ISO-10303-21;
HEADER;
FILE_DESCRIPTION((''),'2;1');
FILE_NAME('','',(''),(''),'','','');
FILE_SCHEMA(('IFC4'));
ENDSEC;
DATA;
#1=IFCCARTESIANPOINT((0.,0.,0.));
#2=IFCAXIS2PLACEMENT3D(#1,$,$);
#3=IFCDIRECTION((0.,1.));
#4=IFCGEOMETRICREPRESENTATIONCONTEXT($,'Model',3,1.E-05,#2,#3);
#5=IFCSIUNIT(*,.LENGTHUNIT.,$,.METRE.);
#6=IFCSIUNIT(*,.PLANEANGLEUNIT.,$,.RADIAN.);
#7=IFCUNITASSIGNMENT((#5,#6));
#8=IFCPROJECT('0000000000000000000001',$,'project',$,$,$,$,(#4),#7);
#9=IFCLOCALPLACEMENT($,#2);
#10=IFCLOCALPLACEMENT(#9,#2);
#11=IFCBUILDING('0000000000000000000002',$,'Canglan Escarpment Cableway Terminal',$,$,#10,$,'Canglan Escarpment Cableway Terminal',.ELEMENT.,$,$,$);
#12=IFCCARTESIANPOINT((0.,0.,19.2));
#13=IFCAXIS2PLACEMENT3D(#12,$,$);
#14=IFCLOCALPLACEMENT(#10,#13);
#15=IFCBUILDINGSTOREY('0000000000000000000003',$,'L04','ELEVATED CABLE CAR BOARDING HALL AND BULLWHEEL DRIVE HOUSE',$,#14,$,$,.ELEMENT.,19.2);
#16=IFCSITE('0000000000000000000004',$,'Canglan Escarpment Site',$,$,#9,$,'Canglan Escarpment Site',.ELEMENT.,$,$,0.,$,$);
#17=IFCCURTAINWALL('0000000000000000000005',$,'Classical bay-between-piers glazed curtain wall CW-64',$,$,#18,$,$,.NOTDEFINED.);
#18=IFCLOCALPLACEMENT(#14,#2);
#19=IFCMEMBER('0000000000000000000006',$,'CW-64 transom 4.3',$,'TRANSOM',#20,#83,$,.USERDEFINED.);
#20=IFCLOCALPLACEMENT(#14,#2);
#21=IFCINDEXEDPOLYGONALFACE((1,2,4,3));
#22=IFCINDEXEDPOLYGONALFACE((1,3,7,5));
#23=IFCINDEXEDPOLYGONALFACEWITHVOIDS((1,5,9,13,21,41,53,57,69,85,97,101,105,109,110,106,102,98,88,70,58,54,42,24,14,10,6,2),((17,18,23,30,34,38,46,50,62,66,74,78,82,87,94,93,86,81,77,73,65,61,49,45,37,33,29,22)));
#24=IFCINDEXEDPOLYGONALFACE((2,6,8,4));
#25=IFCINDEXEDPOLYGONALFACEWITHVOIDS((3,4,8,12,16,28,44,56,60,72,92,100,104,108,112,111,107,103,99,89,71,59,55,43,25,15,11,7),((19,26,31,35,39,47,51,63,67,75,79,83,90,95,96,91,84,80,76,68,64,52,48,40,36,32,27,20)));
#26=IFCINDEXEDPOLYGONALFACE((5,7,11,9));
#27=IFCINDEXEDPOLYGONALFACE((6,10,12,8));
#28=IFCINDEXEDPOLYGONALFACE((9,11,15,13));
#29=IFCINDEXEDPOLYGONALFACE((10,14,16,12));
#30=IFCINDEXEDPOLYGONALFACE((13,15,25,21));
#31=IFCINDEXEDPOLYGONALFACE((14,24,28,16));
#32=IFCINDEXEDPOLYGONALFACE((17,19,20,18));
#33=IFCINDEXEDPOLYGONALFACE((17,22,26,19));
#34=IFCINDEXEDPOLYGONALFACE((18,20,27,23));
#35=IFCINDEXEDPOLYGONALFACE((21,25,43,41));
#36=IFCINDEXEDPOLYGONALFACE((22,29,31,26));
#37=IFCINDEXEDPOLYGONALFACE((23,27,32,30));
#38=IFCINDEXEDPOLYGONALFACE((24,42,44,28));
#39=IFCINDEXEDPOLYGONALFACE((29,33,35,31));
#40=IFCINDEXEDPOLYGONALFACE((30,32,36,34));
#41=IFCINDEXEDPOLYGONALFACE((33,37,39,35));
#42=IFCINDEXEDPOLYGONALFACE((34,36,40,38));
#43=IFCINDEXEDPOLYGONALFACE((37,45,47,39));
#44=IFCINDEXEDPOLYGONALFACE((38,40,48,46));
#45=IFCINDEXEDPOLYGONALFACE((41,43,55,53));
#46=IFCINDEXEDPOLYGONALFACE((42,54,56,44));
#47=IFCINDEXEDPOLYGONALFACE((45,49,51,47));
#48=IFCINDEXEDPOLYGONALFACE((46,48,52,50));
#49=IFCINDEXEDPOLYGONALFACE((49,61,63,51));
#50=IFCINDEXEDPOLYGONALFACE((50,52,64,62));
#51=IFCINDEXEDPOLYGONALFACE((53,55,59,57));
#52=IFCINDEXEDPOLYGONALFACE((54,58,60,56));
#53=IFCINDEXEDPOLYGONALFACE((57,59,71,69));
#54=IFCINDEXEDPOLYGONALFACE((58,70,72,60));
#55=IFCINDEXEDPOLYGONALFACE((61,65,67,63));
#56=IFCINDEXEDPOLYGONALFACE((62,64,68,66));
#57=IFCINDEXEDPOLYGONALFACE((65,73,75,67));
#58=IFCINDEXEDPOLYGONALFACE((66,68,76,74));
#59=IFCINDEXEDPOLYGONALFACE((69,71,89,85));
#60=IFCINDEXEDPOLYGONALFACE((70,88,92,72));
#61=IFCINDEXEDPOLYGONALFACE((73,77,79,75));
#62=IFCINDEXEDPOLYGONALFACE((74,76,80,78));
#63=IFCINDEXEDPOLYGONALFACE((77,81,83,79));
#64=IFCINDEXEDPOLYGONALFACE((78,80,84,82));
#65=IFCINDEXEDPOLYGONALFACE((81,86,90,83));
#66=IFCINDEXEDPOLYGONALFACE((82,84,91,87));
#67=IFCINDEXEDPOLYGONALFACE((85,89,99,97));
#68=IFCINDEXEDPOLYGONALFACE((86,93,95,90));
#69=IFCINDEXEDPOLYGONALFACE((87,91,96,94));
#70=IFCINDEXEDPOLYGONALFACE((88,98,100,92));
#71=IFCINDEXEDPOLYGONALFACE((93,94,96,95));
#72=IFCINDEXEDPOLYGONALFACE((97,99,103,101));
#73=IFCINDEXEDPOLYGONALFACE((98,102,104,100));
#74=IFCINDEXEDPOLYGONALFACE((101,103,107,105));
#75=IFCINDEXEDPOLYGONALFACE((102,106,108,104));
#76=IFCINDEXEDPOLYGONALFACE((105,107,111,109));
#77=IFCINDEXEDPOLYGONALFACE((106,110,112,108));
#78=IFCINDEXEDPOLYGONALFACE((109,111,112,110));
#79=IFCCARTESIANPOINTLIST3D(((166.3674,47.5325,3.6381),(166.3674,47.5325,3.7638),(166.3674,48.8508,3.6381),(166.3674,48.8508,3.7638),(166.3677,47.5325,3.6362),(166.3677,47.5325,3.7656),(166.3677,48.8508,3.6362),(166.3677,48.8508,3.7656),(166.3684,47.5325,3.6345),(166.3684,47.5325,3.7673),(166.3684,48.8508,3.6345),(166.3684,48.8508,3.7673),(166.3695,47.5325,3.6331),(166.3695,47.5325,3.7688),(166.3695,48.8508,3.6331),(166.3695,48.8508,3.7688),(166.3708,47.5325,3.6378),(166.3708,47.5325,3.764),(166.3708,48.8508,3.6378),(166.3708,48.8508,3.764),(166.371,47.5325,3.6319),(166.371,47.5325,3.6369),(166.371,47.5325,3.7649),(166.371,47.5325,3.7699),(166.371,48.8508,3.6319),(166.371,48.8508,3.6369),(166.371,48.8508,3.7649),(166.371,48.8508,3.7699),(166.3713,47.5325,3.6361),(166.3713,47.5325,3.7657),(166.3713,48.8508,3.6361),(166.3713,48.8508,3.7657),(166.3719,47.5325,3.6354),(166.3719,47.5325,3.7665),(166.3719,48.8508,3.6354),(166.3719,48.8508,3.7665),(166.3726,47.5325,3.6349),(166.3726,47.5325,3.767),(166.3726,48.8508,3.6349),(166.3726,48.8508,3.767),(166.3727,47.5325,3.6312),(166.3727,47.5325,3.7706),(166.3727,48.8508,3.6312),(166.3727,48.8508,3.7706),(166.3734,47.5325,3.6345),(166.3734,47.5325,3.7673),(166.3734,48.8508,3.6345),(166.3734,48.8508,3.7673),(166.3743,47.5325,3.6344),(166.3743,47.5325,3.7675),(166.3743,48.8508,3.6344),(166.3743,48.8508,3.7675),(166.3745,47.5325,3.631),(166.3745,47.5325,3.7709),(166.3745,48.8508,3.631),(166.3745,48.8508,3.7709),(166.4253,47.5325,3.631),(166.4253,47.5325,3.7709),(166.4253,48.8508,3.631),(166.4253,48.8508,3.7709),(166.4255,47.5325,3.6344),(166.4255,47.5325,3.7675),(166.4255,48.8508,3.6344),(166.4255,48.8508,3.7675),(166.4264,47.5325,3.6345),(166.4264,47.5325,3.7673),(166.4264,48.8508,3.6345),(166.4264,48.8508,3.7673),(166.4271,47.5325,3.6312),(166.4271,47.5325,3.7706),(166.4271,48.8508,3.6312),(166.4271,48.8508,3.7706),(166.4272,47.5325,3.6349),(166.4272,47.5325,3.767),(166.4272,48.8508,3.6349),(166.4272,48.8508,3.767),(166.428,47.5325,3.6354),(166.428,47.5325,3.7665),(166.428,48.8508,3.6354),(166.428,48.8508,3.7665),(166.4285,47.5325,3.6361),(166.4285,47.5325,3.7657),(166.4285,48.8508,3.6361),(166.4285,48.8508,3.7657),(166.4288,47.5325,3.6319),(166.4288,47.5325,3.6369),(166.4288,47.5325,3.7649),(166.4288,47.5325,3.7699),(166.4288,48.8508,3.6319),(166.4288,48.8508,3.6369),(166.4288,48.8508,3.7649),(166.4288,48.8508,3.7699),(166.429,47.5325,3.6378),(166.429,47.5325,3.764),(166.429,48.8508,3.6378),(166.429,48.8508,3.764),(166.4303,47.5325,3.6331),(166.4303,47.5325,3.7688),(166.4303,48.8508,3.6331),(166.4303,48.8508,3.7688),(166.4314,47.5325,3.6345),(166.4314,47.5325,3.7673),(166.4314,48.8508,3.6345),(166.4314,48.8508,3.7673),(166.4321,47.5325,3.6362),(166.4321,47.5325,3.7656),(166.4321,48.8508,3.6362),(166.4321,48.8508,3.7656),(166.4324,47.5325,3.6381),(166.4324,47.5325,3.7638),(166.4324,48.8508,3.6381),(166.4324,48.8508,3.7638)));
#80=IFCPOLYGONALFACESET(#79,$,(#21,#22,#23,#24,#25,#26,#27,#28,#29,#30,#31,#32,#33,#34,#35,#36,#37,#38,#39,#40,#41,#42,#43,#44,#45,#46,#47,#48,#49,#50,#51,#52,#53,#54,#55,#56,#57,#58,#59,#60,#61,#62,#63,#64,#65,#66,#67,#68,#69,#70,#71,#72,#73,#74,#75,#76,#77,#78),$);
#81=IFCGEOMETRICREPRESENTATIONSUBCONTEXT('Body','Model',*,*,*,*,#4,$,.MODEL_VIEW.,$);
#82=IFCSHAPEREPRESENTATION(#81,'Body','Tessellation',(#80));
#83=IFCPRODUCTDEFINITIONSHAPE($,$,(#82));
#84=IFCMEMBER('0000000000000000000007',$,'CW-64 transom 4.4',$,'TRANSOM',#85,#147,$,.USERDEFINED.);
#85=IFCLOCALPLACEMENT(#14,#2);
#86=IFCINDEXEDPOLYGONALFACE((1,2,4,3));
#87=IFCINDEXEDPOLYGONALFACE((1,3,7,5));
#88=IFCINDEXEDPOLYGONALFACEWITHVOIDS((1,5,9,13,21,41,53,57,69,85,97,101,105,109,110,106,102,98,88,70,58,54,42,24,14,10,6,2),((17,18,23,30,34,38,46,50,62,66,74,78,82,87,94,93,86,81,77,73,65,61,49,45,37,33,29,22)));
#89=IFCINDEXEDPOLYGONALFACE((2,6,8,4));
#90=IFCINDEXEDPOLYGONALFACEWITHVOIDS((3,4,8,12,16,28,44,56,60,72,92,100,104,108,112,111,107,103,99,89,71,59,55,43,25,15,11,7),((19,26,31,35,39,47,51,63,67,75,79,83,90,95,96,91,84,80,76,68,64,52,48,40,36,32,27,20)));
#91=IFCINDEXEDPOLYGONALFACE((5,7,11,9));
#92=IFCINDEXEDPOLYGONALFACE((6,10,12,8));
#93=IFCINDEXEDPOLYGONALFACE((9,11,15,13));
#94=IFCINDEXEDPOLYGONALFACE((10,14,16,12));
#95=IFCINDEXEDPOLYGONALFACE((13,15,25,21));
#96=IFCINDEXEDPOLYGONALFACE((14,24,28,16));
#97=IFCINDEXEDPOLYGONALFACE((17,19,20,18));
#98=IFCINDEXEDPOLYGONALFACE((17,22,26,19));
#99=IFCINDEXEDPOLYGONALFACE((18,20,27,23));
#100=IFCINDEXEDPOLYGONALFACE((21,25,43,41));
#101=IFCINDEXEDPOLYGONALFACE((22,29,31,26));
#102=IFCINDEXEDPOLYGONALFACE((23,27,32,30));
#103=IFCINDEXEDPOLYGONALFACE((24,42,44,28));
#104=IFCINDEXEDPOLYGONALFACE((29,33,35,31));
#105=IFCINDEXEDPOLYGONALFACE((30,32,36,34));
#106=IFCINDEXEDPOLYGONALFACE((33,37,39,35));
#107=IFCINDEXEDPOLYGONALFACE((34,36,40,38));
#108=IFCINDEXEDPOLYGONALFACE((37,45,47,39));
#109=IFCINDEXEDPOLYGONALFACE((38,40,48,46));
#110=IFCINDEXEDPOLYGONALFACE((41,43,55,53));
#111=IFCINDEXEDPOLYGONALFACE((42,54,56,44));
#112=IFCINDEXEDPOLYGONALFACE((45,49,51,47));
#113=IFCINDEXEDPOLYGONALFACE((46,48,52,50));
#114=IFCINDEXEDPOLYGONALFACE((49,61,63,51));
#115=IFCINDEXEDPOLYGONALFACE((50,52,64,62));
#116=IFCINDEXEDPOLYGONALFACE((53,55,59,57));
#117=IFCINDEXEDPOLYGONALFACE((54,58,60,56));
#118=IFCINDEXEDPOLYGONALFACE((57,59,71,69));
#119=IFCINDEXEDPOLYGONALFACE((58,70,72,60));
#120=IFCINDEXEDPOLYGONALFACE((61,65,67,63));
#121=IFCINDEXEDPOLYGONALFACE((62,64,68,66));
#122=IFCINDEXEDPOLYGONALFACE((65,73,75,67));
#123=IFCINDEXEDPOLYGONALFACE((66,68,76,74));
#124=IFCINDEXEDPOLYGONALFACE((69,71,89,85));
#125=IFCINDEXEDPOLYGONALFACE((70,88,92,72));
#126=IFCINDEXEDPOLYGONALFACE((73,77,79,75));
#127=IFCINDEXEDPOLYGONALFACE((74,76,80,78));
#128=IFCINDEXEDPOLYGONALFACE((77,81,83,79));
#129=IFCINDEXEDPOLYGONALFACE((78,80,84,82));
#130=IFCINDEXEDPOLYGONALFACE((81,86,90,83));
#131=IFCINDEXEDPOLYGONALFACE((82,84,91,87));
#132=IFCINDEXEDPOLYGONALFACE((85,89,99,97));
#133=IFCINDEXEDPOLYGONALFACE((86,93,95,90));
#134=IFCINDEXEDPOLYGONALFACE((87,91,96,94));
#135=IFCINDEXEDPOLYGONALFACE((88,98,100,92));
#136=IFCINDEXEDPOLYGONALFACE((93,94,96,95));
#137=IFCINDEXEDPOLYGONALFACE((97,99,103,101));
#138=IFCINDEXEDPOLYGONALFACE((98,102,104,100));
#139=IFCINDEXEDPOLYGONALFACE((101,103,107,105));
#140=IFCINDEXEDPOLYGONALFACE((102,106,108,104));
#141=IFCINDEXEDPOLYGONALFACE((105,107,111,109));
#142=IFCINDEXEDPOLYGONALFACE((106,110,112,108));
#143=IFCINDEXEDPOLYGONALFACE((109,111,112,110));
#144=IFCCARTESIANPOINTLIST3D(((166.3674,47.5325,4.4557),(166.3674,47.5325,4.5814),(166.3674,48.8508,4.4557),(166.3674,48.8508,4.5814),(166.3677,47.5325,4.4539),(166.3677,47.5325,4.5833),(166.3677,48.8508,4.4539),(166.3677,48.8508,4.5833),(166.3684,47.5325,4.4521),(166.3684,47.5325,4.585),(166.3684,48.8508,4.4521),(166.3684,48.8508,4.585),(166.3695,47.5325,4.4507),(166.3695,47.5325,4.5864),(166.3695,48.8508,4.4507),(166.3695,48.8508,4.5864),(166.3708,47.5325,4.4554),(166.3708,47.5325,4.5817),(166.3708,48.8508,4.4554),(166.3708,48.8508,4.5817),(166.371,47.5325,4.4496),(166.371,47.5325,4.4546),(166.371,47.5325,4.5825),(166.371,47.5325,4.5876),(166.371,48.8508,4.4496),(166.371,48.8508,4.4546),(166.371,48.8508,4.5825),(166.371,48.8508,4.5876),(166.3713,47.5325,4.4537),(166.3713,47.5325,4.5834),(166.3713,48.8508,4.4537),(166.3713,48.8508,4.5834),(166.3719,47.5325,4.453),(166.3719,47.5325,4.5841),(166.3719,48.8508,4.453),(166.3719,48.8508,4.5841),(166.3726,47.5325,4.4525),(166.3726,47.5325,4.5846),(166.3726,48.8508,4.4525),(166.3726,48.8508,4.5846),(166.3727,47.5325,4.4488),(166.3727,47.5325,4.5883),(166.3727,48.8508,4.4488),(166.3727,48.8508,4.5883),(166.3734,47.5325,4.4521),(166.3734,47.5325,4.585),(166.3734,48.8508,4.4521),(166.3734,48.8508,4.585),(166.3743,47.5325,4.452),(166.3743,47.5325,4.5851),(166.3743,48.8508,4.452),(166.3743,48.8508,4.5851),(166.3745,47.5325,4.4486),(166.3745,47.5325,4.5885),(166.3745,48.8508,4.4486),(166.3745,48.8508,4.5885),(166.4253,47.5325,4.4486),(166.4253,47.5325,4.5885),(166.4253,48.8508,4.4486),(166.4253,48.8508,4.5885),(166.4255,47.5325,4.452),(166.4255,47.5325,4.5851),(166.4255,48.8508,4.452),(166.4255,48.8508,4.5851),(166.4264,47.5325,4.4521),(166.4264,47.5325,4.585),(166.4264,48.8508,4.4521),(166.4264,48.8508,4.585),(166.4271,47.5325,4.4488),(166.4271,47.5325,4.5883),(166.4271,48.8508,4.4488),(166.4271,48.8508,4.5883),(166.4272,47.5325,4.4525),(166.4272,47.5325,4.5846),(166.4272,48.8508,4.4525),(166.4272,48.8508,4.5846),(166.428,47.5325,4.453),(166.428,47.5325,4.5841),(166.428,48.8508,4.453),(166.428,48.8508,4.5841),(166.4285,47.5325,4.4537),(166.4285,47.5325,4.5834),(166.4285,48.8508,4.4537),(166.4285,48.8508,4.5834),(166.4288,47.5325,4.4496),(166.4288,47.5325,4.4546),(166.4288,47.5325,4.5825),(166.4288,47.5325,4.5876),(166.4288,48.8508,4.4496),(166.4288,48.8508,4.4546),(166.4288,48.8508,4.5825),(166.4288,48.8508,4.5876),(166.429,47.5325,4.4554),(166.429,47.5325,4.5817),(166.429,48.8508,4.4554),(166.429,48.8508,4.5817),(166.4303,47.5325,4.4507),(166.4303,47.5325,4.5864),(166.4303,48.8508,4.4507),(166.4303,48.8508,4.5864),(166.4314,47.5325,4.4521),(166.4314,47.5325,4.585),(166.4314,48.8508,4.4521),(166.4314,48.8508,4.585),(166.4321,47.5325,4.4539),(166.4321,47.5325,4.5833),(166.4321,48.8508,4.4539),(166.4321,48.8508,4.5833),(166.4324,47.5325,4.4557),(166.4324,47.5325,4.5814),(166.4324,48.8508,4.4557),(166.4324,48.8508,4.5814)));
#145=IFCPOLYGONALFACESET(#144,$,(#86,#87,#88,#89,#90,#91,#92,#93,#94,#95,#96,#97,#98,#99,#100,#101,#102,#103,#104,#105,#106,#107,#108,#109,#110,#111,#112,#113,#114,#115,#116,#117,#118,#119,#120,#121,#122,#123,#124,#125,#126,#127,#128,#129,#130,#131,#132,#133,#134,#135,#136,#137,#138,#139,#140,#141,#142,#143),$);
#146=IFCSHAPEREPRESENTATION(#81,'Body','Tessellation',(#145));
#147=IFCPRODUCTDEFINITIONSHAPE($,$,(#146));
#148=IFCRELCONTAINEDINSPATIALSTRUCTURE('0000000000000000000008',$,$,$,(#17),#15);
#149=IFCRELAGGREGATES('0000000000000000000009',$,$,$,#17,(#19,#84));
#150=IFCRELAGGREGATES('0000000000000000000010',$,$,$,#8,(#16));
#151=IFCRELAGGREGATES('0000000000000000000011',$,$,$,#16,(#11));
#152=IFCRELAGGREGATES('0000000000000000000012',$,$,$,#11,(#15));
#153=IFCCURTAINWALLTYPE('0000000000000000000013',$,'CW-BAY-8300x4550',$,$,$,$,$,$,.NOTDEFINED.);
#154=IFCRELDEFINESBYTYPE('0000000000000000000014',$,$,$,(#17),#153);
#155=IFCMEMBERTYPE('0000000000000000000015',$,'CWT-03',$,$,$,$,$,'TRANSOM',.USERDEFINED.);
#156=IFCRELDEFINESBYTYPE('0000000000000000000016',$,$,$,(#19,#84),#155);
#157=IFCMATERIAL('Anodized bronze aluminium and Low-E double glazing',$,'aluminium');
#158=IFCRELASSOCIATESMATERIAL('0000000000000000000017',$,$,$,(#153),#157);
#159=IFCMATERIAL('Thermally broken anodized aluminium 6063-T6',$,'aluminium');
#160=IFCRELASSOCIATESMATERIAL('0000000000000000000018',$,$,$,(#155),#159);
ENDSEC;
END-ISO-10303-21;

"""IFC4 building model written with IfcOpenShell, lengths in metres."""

from ifc_helpers import new_model, si_unit, direction, frame, origin, origin_2d, place, context, subcontext, project, spatial, hollow_rectangle, extrude, material, material_profile, profile_set, type_object, element, aggregate, save


model = new_model("IFC4")

# Units and contexts
model_context = context("Model", 3, precision=1e-05, world=origin(), true_north=direction((0.0, 1.0)))
body_context = subcontext(model_context, "Body", "Model", "MODEL_VIEW")
ifc_project = project(units=[si_unit("LENGTHUNIT", "METRE"), si_unit("PLANEANGLEUNIT", "RADIAN")], contexts=[model_context])

# Site, building, storey
site_placement = place(None, origin())
site = spatial("IfcSite", under=ifc_project, at=site_placement, Name="Canglan Escarpment Site", LongName="Canglan Escarpment Site", CompositionType="ELEMENT", RefElevation=0.0)
building_placement = place(site_placement, origin())
building = spatial("IfcBuilding", under=site, at=building_placement, Name="Canglan Escarpment Cableway Terminal", LongName="Canglan Escarpment Cableway Terminal", CompositionType="ELEMENT")
storey_placement = place(building_placement, frame((0.0, 0.0, 19.2)))
storey = spatial("IfcBuildingStorey", under=building, at=storey_placement, Name="L04", Description="ELEVATED CABLE CAR BOARDING HALL AND BULLWHEEL DRIVE HOUSE", CompositionType="ELEMENT", Elevation=19.2)

# Curtain wall, members
ifc_material_1 = material(Name="Anodized bronze aluminium and Low-E double glazing", Category="aluminium")
curtain_wall_type = type_object("IfcCurtainWallType", Name="CW-BAY-8300x4550", PredefinedType="NOTDEFINED", material=ifc_material_1)
curtain_wall_placement = place(storey_placement, origin())
curtain_wall = element("IfcCurtainWall", 1, at=curtain_wall_placement, inside=storey, type_object=curtain_wall_type, Name="Classical bay-between-piers glazed curtain wall CW-64", PredefinedType="NOTDEFINED")
ifc_material_2 = material(Name="Thermally broken anodized aluminium 6063-T6", Category="aluminium")
ifc_material_profile_1 = material_profile(ifc_material_2, hollow_rectangle(XDim=0.0649, YDim=0.1399, WallThickness=0.0034, InnerFilletRadius=0.0034, OuterFilletRadius=0.0071, at=origin_2d()), Name="ALU-TRAN 65x140x3.5")
ifc_profile_set_1 = profile_set([ifc_material_profile_1], Name="Thermally broken anodized aluminium 6063-T6")
member_type_1 = type_object("IfcMemberType", Name="CWT-03", ElementType="TRANSOM", PredefinedType="USERDEFINED", material=ifc_profile_set_1)
member_1_placement = place(storey_placement, frame((166.3999, 47.5325, 3.7009), z_axis=(0.0, 1.0, 0.0), x_axis=(-1.0, 0.0, 0.0)))
member_1 = element("IfcMember", 2, at=member_1_placement, type_object=member_type_1, Name="CW-64 transom 4.3", ObjectType="TRANSOM", PredefinedType="USERDEFINED", context=body_context, shape_type="SweptSolid", body=[
    extrude(hollow_rectangle(XDim=0.0649, YDim=0.1399, WallThickness=0.0034, InnerFilletRadius=0.0034, OuterFilletRadius=0.0071, at=origin_2d()), origin(), (0.0, 0.0, 1.0), 1.3184),
])
member_2_placement = place(storey_placement, frame((166.3999, 47.5325, 4.5186), z_axis=(0.0, 1.0, 0.0), x_axis=(-1.0, 0.0, 0.0)))
member_2 = element("IfcMember", 3, at=member_2_placement, type_object=member_type_1, Name="CW-64 transom 4.4", ObjectType="TRANSOM", PredefinedType="USERDEFINED", context=body_context, shape_type="SweptSolid", body=[
    extrude(hollow_rectangle(XDim=0.0649, YDim=0.1399, WallThickness=0.0034, InnerFilletRadius=0.0034, OuterFilletRadius=0.0071, at=origin_2d()), origin(), (0.0, 0.0, 1.0), 1.3184),
])
aggregate(curtain_wall, [member_1, member_2])

save(model, "model.ifc")
